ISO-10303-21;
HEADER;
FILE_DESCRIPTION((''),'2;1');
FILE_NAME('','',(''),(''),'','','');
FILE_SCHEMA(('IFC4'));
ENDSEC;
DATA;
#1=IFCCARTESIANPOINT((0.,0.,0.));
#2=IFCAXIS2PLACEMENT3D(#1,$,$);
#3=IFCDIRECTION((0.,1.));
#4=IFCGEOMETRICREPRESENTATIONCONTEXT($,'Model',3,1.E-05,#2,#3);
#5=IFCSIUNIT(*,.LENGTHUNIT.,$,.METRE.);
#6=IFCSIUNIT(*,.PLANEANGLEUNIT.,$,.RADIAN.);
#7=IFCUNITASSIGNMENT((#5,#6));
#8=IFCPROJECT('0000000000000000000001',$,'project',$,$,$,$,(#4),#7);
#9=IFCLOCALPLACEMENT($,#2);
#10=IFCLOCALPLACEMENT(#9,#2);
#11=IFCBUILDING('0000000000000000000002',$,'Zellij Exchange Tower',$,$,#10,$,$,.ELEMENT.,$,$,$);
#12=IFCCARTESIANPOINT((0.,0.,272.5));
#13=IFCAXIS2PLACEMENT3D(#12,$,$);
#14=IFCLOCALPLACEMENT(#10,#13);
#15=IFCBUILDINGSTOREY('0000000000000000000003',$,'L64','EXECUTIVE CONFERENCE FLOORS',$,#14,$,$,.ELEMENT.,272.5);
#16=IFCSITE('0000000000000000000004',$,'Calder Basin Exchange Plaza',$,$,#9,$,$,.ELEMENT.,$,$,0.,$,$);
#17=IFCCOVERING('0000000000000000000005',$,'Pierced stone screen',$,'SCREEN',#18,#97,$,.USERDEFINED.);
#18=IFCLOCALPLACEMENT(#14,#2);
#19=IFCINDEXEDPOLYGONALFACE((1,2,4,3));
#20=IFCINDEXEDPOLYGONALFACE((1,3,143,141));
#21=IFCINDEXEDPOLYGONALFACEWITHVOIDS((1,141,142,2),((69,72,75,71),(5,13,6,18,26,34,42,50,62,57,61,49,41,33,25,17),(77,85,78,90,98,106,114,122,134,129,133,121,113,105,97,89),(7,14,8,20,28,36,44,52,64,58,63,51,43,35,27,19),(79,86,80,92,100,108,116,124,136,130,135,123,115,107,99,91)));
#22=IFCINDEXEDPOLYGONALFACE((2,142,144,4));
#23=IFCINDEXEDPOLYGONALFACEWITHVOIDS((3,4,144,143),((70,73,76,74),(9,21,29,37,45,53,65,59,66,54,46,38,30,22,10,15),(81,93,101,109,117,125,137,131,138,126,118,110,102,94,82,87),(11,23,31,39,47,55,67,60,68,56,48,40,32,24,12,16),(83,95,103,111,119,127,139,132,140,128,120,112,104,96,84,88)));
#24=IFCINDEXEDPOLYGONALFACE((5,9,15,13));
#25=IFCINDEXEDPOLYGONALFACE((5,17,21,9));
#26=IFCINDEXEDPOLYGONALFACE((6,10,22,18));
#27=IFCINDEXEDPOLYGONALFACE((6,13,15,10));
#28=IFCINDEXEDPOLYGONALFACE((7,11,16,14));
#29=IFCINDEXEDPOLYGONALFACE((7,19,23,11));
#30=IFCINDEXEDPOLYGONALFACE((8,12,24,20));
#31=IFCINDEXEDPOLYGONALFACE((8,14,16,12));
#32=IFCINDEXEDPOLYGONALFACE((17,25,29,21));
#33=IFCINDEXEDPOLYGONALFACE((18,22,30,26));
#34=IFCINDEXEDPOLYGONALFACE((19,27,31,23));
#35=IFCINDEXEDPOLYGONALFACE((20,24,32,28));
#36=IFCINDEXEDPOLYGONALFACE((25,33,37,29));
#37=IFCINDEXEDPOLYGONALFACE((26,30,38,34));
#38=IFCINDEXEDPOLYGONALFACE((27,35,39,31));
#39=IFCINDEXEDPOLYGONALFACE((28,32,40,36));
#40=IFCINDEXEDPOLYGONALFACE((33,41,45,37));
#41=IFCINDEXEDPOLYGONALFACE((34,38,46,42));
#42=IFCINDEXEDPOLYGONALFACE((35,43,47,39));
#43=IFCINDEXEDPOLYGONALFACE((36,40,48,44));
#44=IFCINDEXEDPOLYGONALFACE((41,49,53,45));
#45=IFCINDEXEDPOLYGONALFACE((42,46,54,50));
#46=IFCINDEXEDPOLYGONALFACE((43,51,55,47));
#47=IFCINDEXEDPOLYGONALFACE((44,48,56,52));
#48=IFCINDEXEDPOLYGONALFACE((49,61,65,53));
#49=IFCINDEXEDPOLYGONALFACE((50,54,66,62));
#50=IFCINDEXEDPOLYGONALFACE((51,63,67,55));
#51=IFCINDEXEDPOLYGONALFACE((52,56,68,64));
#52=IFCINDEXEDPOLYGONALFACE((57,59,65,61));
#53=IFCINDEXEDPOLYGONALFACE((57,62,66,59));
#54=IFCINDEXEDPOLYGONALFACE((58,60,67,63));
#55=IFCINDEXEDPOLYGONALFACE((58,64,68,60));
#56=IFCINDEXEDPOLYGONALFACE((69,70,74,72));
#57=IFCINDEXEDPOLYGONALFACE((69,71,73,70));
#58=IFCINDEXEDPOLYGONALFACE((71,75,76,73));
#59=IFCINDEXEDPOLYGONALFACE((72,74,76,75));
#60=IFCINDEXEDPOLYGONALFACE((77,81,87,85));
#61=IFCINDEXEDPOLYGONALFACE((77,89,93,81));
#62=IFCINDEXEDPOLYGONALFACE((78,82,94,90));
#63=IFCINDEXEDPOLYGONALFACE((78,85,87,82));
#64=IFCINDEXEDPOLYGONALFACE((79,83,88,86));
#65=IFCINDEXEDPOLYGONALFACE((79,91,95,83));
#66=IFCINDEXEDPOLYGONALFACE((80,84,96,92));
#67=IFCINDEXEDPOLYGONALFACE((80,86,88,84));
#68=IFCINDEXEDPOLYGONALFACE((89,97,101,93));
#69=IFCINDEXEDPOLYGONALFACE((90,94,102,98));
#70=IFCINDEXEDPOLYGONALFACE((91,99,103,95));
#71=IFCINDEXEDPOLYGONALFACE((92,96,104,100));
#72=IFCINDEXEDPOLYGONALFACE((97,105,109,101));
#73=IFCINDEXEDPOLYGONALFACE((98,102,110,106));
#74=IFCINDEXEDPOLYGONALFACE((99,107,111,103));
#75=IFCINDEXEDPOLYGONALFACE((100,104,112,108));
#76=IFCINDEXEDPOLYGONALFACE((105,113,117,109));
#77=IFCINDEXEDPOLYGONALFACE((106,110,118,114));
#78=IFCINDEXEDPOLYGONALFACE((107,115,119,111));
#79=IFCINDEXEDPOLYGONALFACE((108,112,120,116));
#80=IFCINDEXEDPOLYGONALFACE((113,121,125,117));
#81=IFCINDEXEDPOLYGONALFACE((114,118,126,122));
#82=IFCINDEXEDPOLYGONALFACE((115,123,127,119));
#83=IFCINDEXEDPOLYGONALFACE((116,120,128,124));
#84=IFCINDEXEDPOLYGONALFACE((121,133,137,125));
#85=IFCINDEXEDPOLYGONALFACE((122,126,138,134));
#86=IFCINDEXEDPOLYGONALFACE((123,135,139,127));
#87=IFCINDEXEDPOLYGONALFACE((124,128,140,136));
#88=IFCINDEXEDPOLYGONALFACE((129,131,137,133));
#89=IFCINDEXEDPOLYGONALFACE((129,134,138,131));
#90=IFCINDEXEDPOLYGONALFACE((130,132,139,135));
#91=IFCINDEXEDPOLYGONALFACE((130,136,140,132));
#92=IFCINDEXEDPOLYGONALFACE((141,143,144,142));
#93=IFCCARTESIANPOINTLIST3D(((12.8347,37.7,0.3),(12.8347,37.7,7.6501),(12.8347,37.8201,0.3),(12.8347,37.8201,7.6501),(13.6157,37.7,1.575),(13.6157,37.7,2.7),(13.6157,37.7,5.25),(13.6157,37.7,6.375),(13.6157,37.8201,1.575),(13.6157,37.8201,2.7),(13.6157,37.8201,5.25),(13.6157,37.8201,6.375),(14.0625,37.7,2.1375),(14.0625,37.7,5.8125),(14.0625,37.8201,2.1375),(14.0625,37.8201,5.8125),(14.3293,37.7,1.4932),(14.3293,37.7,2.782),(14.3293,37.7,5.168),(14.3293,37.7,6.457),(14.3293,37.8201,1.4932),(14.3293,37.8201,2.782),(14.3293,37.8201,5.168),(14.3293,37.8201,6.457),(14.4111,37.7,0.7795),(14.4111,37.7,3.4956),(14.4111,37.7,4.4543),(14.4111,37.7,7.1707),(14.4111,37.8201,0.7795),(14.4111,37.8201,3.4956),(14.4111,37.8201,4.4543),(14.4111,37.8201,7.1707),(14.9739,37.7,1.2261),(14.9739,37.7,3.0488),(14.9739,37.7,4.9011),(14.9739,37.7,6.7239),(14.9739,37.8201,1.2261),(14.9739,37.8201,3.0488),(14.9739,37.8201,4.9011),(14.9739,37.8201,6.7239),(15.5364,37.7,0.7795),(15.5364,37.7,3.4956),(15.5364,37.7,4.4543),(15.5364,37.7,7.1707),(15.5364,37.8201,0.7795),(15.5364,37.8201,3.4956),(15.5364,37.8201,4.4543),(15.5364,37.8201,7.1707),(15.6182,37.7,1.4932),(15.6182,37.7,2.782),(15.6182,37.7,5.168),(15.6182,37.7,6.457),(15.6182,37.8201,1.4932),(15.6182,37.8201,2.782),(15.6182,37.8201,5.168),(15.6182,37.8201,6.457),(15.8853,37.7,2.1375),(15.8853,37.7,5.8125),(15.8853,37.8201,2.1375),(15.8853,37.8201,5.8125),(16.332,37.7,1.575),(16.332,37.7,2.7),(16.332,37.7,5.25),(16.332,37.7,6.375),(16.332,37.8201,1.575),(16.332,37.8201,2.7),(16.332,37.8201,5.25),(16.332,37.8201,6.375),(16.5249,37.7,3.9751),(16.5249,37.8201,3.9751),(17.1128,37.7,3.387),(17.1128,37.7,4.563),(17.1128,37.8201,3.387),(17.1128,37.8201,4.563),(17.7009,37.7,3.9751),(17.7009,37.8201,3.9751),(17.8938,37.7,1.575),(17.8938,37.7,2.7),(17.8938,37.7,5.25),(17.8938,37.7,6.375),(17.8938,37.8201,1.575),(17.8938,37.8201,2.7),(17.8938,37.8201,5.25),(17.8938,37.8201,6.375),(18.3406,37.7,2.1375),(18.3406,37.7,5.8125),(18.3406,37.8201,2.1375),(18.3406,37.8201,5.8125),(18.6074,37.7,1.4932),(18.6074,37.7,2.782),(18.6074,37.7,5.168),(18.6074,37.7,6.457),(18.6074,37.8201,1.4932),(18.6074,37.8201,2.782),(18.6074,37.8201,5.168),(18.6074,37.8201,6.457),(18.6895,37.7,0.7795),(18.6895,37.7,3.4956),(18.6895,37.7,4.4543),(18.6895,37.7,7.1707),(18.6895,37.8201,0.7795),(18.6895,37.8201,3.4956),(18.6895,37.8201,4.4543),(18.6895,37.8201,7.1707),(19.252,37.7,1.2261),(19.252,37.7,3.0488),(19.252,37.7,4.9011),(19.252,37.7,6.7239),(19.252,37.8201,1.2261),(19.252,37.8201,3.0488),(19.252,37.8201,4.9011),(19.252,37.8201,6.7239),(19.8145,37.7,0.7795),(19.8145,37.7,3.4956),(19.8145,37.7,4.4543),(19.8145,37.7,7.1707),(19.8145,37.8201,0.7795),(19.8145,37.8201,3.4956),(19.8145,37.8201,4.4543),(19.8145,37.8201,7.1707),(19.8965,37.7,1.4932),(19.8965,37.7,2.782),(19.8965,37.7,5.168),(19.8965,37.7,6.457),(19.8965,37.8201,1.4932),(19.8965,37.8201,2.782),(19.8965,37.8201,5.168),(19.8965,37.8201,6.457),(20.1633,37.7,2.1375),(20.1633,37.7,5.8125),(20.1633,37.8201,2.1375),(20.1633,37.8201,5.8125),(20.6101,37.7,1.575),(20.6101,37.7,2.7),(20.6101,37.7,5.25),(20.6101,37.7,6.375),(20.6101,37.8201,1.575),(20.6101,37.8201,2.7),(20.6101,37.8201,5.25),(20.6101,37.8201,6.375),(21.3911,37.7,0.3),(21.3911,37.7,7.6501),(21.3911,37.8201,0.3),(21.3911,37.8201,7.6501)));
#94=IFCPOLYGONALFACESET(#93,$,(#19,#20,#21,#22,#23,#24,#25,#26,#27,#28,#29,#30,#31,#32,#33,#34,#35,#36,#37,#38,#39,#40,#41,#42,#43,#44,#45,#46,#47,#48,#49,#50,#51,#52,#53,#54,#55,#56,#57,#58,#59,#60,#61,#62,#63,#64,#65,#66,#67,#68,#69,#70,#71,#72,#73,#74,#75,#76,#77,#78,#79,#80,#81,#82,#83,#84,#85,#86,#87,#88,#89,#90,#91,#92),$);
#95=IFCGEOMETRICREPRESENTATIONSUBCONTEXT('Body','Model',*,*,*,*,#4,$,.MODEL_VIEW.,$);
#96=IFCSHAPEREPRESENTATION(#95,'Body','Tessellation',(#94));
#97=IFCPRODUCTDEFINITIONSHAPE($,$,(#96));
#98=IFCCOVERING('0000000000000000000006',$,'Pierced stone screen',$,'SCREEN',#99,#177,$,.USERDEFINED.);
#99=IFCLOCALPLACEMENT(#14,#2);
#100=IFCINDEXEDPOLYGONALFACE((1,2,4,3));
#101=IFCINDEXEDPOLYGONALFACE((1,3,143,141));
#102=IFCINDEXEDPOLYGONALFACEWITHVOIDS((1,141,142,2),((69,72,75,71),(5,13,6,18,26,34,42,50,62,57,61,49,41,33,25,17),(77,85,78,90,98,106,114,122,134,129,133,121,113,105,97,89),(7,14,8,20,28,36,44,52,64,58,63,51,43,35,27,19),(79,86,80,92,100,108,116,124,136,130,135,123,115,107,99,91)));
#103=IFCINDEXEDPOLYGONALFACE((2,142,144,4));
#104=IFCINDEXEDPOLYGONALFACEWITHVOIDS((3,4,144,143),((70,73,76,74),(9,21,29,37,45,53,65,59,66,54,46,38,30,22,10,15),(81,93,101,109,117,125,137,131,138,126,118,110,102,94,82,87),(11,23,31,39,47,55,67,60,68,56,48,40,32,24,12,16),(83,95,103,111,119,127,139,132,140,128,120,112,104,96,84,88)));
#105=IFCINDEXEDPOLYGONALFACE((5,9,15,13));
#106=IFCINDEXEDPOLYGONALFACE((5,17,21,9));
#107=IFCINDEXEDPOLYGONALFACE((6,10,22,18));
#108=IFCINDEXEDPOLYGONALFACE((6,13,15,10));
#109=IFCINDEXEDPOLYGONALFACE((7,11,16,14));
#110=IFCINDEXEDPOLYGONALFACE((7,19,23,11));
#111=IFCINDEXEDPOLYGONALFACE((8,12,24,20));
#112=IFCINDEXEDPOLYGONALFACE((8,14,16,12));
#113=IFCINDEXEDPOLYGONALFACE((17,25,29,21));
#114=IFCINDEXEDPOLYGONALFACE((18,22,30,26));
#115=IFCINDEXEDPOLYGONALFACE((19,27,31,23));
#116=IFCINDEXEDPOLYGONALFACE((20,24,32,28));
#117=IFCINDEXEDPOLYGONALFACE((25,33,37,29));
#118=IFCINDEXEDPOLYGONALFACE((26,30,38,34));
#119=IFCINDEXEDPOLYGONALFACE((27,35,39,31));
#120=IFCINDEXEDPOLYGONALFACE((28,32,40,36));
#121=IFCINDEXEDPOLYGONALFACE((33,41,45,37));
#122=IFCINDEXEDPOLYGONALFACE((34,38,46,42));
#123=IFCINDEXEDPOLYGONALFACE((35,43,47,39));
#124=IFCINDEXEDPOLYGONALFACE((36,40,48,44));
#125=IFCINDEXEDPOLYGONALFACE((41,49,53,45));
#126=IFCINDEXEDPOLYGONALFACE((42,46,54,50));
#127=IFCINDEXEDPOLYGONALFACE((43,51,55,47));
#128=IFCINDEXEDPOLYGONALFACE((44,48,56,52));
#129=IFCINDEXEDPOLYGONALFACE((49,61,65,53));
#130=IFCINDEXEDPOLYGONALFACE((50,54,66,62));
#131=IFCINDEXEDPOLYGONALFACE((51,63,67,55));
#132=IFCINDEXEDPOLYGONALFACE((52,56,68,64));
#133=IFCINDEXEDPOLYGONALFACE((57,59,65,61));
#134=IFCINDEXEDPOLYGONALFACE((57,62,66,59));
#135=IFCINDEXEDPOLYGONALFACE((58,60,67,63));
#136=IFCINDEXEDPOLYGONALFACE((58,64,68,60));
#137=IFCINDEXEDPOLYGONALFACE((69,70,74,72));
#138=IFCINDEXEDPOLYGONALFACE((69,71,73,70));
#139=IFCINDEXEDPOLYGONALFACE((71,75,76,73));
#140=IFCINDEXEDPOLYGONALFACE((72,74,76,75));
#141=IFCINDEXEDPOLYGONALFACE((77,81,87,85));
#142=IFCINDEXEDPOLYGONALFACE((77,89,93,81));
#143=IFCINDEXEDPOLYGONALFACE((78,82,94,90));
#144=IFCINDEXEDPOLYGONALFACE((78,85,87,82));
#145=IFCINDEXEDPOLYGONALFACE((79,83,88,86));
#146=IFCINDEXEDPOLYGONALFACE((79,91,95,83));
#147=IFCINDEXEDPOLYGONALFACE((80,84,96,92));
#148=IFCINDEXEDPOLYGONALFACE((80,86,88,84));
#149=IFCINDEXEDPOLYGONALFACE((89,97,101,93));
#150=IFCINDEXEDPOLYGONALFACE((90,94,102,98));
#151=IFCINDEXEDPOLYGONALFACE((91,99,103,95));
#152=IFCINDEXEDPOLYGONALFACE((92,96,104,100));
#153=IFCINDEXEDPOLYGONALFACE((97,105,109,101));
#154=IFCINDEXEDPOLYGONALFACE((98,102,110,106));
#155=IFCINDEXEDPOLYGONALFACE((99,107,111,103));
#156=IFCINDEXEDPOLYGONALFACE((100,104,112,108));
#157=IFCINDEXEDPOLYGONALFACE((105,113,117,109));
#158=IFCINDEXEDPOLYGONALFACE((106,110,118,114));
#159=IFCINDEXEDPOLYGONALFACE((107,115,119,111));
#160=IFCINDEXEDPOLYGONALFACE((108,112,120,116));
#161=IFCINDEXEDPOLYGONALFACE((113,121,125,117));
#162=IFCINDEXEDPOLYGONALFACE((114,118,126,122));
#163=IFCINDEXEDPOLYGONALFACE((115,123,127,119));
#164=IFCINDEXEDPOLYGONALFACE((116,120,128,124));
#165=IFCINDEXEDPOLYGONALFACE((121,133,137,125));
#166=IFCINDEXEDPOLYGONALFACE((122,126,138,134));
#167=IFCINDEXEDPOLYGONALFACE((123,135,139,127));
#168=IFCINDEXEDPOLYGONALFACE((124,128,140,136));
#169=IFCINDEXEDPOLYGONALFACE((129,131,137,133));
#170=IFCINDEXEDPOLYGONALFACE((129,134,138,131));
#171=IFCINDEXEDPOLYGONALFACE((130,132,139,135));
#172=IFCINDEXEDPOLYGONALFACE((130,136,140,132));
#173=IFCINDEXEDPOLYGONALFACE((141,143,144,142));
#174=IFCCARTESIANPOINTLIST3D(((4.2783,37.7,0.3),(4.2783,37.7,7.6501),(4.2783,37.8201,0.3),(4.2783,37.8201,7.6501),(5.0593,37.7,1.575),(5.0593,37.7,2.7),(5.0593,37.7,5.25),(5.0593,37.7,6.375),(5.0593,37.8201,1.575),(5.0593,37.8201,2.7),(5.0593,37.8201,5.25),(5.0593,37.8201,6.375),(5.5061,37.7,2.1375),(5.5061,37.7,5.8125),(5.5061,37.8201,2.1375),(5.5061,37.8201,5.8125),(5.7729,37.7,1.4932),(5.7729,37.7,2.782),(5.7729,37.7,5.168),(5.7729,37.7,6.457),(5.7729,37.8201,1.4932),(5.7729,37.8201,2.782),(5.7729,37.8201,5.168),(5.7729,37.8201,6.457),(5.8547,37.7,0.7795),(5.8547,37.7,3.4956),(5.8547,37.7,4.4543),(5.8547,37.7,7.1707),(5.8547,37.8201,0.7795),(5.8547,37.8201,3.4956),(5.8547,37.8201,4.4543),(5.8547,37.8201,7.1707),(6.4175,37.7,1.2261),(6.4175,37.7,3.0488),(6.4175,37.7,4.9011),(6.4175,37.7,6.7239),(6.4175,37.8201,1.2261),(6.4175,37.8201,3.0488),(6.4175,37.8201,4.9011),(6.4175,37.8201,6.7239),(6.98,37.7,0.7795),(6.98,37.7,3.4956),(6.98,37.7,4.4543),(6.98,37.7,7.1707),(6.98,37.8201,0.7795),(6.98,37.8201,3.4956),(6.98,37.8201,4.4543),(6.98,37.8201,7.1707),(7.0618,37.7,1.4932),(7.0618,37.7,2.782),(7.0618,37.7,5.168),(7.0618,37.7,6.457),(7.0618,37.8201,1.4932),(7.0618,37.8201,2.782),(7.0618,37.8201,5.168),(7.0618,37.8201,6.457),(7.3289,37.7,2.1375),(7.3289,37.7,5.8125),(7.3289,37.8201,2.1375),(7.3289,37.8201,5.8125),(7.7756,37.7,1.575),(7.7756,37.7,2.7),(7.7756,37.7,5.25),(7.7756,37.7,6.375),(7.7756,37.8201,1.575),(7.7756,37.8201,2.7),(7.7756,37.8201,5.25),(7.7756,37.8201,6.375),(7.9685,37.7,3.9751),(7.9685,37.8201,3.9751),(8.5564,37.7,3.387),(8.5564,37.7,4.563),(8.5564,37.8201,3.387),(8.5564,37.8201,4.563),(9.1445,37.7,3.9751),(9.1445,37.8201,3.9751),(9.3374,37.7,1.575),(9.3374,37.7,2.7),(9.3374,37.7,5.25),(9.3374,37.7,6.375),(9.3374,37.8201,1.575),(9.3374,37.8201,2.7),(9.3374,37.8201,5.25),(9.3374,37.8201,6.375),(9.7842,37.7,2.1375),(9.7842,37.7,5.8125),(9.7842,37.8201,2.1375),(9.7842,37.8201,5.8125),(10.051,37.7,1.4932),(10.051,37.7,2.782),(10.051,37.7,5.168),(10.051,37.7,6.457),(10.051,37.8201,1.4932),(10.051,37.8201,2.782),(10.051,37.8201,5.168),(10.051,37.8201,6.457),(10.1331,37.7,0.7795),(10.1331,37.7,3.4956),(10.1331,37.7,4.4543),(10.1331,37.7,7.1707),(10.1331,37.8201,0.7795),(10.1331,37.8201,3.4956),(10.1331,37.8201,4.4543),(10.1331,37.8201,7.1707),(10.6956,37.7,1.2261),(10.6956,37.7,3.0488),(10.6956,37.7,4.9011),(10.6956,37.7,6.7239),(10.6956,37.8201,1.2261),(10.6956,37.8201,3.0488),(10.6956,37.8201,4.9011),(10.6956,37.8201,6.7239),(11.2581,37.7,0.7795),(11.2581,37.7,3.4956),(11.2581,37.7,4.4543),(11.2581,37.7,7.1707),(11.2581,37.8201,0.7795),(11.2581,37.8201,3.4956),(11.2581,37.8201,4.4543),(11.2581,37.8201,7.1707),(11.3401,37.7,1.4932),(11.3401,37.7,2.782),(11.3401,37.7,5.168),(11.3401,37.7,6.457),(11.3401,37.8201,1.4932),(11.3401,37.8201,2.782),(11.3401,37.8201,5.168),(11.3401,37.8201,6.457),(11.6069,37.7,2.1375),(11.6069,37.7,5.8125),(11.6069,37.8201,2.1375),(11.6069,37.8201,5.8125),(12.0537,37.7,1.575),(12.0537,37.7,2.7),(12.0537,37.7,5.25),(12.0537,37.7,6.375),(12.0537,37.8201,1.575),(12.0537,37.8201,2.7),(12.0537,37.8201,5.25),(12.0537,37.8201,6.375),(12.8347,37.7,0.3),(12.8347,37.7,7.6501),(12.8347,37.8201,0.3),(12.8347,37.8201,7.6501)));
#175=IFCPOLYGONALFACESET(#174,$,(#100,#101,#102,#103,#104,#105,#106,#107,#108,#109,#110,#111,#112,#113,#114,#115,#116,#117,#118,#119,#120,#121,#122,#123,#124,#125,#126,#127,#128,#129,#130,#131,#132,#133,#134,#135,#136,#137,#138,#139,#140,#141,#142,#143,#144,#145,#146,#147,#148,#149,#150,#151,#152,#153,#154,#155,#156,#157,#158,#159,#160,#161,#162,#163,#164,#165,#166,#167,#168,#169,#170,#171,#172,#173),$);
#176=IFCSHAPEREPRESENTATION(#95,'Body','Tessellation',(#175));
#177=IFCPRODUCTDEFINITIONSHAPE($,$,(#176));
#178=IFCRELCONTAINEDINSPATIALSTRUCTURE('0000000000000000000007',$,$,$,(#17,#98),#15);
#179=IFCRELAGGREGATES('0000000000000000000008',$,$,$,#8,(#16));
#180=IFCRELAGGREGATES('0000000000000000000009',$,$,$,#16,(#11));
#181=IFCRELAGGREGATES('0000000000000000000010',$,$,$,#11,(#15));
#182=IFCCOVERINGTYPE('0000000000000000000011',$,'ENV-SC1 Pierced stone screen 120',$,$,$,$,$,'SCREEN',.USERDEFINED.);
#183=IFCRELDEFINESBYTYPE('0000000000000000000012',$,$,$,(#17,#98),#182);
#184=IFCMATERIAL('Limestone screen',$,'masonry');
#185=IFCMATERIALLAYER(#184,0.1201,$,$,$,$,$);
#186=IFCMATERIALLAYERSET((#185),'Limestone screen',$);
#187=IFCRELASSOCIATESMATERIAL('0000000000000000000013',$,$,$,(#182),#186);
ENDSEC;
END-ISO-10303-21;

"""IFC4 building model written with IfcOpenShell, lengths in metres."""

from ifc_helpers import new_model, si_unit, direction, frame, origin, place, context, subcontext, project, spatial, polyline, outline, extrude, material, layer, layer_set, type_object, element, save


model = new_model("IFC4")

# Units and contexts
model_context = context("Model", 3, precision=1e-05, world=origin(), true_north=direction((0.0, 1.0)))
body_context = subcontext(model_context, "Body", "Model", "MODEL_VIEW")
ifc_project = project(units=[si_unit("LENGTHUNIT", "METRE"), si_unit("PLANEANGLEUNIT", "RADIAN")], contexts=[model_context])

# Site, building, storey
site_placement = place(None, origin())
site = spatial("IfcSite", under=ifc_project, at=site_placement, Name="Calder Basin Exchange Plaza", CompositionType="ELEMENT", RefElevation=0.0)
building_placement = place(site_placement, origin())
building = spatial("IfcBuilding", under=site, at=building_placement, Name="Zellij Exchange Tower", CompositionType="ELEMENT")
storey_placement = place(building_placement, frame((0.0, 0.0, 272.5)))
storey = spatial("IfcBuildingStorey", under=building, at=storey_placement, Name="L64", Description="EXECUTIVE CONFERENCE FLOORS", CompositionType="ELEMENT", Elevation=272.5)

# Coverings
ifc_material_1 = material(Name="Limestone screen", Category="masonry")
ifc_layer_1 = layer(ifc_material_1, 0.1201)
ifc_layer_set_1 = layer_set([ifc_layer_1], Name="Limestone screen")
covering_type = type_object("IfcCoveringType", Name="ENV-SC1 Pierced stone screen 120", ElementType="SCREEN", PredefinedType="USERDEFINED", material=ifc_layer_set_1)
covering_1_placement = place(storey_placement, frame((21.3911, 37.76, 0.3), z_axis=(0.0, 0.0, 1.0), x_axis=(-1.0, 0.0, 0.0)))
element("IfcCovering", 1, at=covering_1_placement, inside=storey, type_object=covering_type, Name="Pierced stone screen", ObjectType="SCREEN", PredefinedType="USERDEFINED", context=body_context, shape_type="SweptSolid", body=[
    extrude(outline(polyline([(0.0, 0.0), (8.5564, 0.0), (8.5564, 7.3501), (0.0, 7.3501), (0.0, 0.0)]), holes=[polyline([(3.4973, 2.3999), (2.7837, 2.4819), (2.7017, 3.1956), (2.1392, 2.7488), (1.5767, 3.1956), (1.4946, 2.4819), (0.781, 2.3999), (1.2278, 1.8374), (0.781, 1.2749), (1.4946, 1.1931), (1.5767, 0.4795), (2.1392, 0.926), (2.7017, 0.4795), (2.7837, 1.1931), (3.4973, 1.2749), (3.0505, 1.8374), (3.4973, 2.3999)]), polyline([(3.4973, 6.075), (2.7837, 6.157), (2.7017, 6.8706), (2.1392, 6.4238), (1.5767, 6.8706), (1.4946, 6.157), (0.781, 6.075), (1.2278, 5.5125), (0.781, 4.95), (1.4946, 4.8679), (1.5767, 4.1543), (2.1392, 4.6011), (2.7017, 4.1543), (2.7837, 4.8679), (3.4973, 4.95), (3.0505, 5.5125), (3.4973, 6.075)]), polyline([(7.7754, 2.3999), (7.0618, 2.4819), (6.98, 3.1956), (6.4172, 2.7488), (5.8547, 3.1956), (5.7729, 2.4819), (5.0591, 2.3999), (5.5059, 1.8374), (5.0591, 1.2749), (5.7729, 1.1931), (5.8547, 0.4795), (6.4172, 0.926), (6.98, 0.4795), (7.0618, 1.1931), (7.7754, 1.2749), (7.3286, 1.8374), (7.7754, 2.3999)]), polyline([(7.7754, 6.075), (7.0618, 6.157), (6.98, 6.8706), (6.4172, 6.4238), (5.8547, 6.8706), (5.7729, 6.157), (5.0591, 6.075), (5.5059, 5.5125), (5.0591, 4.95), (5.7729, 4.8679), (5.8547, 4.1543), (6.4172, 4.6011), (6.98, 4.1543), (7.0618, 4.8679), (7.7754, 4.95), (7.3286, 5.5125), (7.7754, 6.075)]), polyline([(4.8662, 3.675), (4.2783, 4.2629), (3.6902, 3.675), (4.2783, 3.0869), (4.8662, 3.675)])]), frame((0.0, 0.0601, 0.0), z_axis=(0.0, -1.0, 0.0), x_axis=(1.0, 0.0, 0.0)), (0.0, 0.0, 1.0), 0.1201),
])
covering_2_placement = place(storey_placement, frame((12.8347, 37.76, 0.3), z_axis=(0.0, 0.0, 1.0), x_axis=(-1.0, 0.0, 0.0)))
element("IfcCovering", 2, at=covering_2_placement, inside=storey, type_object=covering_type, Name="Pierced stone screen", ObjectType="SCREEN", PredefinedType="USERDEFINED", context=body_context, shape_type="SweptSolid", body=[
    extrude(outline(polyline([(0.0, 0.0), (8.5564, 0.0), (8.5564, 7.3501), (0.0, 7.3501), (0.0, 0.0)]), holes=[polyline([(3.4973, 2.3999), (2.7837, 2.4819), (2.7017, 3.1956), (2.1392, 2.7488), (1.5767, 3.1956), (1.4946, 2.4819), (0.781, 2.3999), (1.2278, 1.8374), (0.781, 1.2749), (1.4946, 1.1931), (1.5767, 0.4795), (2.1392, 0.926), (2.7017, 0.4795), (2.7837, 1.1931), (3.4973, 1.2749), (3.0505, 1.8374), (3.4973, 2.3999)]), polyline([(3.4973, 6.075), (2.7837, 6.157), (2.7017, 6.8706), (2.1392, 6.4238), (1.5767, 6.8706), (1.4946, 6.157), (0.781, 6.075), (1.2278, 5.5125), (0.781, 4.95), (1.4946, 4.8679), (1.5767, 4.1543), (2.1392, 4.6011), (2.7017, 4.1543), (2.7837, 4.8679), (3.4973, 4.95), (3.0505, 5.5125), (3.4973, 6.075)]), polyline([(7.7754, 2.3999), (7.0618, 2.4819), (6.98, 3.1956), (6.4172, 2.7488), (5.8547, 3.1956), (5.7729, 2.4819), (5.0591, 2.3999), (5.5059, 1.8374), (5.0591, 1.2749), (5.7729, 1.1931), (5.8547, 0.4795), (6.4172, 0.926), (6.98, 0.4795), (7.0618, 1.1931), (7.7754, 1.2749), (7.3286, 1.8374), (7.7754, 2.3999)]), polyline([(7.7754, 6.075), (7.0618, 6.157), (6.98, 6.8706), (6.4172, 6.4238), (5.8547, 6.8706), (5.7729, 6.157), (5.0591, 6.075), (5.5059, 5.5125), (5.0591, 4.95), (5.7729, 4.8679), (5.8547, 4.1543), (6.4172, 4.6011), (6.98, 4.1543), (7.0618, 4.8679), (7.7754, 4.95), (7.3286, 5.5125), (7.7754, 6.075)]), polyline([(4.8662, 3.675), (4.2783, 4.2629), (3.6902, 3.675), (4.2783, 3.0869), (4.8662, 3.675)])]), frame((0.0, 0.0601, 0.0), z_axis=(0.0, -1.0, 0.0), x_axis=(1.0, 0.0, 0.0)), (0.0, 0.0, 1.0), 0.1201),
])

save(model, "model.ifc")
